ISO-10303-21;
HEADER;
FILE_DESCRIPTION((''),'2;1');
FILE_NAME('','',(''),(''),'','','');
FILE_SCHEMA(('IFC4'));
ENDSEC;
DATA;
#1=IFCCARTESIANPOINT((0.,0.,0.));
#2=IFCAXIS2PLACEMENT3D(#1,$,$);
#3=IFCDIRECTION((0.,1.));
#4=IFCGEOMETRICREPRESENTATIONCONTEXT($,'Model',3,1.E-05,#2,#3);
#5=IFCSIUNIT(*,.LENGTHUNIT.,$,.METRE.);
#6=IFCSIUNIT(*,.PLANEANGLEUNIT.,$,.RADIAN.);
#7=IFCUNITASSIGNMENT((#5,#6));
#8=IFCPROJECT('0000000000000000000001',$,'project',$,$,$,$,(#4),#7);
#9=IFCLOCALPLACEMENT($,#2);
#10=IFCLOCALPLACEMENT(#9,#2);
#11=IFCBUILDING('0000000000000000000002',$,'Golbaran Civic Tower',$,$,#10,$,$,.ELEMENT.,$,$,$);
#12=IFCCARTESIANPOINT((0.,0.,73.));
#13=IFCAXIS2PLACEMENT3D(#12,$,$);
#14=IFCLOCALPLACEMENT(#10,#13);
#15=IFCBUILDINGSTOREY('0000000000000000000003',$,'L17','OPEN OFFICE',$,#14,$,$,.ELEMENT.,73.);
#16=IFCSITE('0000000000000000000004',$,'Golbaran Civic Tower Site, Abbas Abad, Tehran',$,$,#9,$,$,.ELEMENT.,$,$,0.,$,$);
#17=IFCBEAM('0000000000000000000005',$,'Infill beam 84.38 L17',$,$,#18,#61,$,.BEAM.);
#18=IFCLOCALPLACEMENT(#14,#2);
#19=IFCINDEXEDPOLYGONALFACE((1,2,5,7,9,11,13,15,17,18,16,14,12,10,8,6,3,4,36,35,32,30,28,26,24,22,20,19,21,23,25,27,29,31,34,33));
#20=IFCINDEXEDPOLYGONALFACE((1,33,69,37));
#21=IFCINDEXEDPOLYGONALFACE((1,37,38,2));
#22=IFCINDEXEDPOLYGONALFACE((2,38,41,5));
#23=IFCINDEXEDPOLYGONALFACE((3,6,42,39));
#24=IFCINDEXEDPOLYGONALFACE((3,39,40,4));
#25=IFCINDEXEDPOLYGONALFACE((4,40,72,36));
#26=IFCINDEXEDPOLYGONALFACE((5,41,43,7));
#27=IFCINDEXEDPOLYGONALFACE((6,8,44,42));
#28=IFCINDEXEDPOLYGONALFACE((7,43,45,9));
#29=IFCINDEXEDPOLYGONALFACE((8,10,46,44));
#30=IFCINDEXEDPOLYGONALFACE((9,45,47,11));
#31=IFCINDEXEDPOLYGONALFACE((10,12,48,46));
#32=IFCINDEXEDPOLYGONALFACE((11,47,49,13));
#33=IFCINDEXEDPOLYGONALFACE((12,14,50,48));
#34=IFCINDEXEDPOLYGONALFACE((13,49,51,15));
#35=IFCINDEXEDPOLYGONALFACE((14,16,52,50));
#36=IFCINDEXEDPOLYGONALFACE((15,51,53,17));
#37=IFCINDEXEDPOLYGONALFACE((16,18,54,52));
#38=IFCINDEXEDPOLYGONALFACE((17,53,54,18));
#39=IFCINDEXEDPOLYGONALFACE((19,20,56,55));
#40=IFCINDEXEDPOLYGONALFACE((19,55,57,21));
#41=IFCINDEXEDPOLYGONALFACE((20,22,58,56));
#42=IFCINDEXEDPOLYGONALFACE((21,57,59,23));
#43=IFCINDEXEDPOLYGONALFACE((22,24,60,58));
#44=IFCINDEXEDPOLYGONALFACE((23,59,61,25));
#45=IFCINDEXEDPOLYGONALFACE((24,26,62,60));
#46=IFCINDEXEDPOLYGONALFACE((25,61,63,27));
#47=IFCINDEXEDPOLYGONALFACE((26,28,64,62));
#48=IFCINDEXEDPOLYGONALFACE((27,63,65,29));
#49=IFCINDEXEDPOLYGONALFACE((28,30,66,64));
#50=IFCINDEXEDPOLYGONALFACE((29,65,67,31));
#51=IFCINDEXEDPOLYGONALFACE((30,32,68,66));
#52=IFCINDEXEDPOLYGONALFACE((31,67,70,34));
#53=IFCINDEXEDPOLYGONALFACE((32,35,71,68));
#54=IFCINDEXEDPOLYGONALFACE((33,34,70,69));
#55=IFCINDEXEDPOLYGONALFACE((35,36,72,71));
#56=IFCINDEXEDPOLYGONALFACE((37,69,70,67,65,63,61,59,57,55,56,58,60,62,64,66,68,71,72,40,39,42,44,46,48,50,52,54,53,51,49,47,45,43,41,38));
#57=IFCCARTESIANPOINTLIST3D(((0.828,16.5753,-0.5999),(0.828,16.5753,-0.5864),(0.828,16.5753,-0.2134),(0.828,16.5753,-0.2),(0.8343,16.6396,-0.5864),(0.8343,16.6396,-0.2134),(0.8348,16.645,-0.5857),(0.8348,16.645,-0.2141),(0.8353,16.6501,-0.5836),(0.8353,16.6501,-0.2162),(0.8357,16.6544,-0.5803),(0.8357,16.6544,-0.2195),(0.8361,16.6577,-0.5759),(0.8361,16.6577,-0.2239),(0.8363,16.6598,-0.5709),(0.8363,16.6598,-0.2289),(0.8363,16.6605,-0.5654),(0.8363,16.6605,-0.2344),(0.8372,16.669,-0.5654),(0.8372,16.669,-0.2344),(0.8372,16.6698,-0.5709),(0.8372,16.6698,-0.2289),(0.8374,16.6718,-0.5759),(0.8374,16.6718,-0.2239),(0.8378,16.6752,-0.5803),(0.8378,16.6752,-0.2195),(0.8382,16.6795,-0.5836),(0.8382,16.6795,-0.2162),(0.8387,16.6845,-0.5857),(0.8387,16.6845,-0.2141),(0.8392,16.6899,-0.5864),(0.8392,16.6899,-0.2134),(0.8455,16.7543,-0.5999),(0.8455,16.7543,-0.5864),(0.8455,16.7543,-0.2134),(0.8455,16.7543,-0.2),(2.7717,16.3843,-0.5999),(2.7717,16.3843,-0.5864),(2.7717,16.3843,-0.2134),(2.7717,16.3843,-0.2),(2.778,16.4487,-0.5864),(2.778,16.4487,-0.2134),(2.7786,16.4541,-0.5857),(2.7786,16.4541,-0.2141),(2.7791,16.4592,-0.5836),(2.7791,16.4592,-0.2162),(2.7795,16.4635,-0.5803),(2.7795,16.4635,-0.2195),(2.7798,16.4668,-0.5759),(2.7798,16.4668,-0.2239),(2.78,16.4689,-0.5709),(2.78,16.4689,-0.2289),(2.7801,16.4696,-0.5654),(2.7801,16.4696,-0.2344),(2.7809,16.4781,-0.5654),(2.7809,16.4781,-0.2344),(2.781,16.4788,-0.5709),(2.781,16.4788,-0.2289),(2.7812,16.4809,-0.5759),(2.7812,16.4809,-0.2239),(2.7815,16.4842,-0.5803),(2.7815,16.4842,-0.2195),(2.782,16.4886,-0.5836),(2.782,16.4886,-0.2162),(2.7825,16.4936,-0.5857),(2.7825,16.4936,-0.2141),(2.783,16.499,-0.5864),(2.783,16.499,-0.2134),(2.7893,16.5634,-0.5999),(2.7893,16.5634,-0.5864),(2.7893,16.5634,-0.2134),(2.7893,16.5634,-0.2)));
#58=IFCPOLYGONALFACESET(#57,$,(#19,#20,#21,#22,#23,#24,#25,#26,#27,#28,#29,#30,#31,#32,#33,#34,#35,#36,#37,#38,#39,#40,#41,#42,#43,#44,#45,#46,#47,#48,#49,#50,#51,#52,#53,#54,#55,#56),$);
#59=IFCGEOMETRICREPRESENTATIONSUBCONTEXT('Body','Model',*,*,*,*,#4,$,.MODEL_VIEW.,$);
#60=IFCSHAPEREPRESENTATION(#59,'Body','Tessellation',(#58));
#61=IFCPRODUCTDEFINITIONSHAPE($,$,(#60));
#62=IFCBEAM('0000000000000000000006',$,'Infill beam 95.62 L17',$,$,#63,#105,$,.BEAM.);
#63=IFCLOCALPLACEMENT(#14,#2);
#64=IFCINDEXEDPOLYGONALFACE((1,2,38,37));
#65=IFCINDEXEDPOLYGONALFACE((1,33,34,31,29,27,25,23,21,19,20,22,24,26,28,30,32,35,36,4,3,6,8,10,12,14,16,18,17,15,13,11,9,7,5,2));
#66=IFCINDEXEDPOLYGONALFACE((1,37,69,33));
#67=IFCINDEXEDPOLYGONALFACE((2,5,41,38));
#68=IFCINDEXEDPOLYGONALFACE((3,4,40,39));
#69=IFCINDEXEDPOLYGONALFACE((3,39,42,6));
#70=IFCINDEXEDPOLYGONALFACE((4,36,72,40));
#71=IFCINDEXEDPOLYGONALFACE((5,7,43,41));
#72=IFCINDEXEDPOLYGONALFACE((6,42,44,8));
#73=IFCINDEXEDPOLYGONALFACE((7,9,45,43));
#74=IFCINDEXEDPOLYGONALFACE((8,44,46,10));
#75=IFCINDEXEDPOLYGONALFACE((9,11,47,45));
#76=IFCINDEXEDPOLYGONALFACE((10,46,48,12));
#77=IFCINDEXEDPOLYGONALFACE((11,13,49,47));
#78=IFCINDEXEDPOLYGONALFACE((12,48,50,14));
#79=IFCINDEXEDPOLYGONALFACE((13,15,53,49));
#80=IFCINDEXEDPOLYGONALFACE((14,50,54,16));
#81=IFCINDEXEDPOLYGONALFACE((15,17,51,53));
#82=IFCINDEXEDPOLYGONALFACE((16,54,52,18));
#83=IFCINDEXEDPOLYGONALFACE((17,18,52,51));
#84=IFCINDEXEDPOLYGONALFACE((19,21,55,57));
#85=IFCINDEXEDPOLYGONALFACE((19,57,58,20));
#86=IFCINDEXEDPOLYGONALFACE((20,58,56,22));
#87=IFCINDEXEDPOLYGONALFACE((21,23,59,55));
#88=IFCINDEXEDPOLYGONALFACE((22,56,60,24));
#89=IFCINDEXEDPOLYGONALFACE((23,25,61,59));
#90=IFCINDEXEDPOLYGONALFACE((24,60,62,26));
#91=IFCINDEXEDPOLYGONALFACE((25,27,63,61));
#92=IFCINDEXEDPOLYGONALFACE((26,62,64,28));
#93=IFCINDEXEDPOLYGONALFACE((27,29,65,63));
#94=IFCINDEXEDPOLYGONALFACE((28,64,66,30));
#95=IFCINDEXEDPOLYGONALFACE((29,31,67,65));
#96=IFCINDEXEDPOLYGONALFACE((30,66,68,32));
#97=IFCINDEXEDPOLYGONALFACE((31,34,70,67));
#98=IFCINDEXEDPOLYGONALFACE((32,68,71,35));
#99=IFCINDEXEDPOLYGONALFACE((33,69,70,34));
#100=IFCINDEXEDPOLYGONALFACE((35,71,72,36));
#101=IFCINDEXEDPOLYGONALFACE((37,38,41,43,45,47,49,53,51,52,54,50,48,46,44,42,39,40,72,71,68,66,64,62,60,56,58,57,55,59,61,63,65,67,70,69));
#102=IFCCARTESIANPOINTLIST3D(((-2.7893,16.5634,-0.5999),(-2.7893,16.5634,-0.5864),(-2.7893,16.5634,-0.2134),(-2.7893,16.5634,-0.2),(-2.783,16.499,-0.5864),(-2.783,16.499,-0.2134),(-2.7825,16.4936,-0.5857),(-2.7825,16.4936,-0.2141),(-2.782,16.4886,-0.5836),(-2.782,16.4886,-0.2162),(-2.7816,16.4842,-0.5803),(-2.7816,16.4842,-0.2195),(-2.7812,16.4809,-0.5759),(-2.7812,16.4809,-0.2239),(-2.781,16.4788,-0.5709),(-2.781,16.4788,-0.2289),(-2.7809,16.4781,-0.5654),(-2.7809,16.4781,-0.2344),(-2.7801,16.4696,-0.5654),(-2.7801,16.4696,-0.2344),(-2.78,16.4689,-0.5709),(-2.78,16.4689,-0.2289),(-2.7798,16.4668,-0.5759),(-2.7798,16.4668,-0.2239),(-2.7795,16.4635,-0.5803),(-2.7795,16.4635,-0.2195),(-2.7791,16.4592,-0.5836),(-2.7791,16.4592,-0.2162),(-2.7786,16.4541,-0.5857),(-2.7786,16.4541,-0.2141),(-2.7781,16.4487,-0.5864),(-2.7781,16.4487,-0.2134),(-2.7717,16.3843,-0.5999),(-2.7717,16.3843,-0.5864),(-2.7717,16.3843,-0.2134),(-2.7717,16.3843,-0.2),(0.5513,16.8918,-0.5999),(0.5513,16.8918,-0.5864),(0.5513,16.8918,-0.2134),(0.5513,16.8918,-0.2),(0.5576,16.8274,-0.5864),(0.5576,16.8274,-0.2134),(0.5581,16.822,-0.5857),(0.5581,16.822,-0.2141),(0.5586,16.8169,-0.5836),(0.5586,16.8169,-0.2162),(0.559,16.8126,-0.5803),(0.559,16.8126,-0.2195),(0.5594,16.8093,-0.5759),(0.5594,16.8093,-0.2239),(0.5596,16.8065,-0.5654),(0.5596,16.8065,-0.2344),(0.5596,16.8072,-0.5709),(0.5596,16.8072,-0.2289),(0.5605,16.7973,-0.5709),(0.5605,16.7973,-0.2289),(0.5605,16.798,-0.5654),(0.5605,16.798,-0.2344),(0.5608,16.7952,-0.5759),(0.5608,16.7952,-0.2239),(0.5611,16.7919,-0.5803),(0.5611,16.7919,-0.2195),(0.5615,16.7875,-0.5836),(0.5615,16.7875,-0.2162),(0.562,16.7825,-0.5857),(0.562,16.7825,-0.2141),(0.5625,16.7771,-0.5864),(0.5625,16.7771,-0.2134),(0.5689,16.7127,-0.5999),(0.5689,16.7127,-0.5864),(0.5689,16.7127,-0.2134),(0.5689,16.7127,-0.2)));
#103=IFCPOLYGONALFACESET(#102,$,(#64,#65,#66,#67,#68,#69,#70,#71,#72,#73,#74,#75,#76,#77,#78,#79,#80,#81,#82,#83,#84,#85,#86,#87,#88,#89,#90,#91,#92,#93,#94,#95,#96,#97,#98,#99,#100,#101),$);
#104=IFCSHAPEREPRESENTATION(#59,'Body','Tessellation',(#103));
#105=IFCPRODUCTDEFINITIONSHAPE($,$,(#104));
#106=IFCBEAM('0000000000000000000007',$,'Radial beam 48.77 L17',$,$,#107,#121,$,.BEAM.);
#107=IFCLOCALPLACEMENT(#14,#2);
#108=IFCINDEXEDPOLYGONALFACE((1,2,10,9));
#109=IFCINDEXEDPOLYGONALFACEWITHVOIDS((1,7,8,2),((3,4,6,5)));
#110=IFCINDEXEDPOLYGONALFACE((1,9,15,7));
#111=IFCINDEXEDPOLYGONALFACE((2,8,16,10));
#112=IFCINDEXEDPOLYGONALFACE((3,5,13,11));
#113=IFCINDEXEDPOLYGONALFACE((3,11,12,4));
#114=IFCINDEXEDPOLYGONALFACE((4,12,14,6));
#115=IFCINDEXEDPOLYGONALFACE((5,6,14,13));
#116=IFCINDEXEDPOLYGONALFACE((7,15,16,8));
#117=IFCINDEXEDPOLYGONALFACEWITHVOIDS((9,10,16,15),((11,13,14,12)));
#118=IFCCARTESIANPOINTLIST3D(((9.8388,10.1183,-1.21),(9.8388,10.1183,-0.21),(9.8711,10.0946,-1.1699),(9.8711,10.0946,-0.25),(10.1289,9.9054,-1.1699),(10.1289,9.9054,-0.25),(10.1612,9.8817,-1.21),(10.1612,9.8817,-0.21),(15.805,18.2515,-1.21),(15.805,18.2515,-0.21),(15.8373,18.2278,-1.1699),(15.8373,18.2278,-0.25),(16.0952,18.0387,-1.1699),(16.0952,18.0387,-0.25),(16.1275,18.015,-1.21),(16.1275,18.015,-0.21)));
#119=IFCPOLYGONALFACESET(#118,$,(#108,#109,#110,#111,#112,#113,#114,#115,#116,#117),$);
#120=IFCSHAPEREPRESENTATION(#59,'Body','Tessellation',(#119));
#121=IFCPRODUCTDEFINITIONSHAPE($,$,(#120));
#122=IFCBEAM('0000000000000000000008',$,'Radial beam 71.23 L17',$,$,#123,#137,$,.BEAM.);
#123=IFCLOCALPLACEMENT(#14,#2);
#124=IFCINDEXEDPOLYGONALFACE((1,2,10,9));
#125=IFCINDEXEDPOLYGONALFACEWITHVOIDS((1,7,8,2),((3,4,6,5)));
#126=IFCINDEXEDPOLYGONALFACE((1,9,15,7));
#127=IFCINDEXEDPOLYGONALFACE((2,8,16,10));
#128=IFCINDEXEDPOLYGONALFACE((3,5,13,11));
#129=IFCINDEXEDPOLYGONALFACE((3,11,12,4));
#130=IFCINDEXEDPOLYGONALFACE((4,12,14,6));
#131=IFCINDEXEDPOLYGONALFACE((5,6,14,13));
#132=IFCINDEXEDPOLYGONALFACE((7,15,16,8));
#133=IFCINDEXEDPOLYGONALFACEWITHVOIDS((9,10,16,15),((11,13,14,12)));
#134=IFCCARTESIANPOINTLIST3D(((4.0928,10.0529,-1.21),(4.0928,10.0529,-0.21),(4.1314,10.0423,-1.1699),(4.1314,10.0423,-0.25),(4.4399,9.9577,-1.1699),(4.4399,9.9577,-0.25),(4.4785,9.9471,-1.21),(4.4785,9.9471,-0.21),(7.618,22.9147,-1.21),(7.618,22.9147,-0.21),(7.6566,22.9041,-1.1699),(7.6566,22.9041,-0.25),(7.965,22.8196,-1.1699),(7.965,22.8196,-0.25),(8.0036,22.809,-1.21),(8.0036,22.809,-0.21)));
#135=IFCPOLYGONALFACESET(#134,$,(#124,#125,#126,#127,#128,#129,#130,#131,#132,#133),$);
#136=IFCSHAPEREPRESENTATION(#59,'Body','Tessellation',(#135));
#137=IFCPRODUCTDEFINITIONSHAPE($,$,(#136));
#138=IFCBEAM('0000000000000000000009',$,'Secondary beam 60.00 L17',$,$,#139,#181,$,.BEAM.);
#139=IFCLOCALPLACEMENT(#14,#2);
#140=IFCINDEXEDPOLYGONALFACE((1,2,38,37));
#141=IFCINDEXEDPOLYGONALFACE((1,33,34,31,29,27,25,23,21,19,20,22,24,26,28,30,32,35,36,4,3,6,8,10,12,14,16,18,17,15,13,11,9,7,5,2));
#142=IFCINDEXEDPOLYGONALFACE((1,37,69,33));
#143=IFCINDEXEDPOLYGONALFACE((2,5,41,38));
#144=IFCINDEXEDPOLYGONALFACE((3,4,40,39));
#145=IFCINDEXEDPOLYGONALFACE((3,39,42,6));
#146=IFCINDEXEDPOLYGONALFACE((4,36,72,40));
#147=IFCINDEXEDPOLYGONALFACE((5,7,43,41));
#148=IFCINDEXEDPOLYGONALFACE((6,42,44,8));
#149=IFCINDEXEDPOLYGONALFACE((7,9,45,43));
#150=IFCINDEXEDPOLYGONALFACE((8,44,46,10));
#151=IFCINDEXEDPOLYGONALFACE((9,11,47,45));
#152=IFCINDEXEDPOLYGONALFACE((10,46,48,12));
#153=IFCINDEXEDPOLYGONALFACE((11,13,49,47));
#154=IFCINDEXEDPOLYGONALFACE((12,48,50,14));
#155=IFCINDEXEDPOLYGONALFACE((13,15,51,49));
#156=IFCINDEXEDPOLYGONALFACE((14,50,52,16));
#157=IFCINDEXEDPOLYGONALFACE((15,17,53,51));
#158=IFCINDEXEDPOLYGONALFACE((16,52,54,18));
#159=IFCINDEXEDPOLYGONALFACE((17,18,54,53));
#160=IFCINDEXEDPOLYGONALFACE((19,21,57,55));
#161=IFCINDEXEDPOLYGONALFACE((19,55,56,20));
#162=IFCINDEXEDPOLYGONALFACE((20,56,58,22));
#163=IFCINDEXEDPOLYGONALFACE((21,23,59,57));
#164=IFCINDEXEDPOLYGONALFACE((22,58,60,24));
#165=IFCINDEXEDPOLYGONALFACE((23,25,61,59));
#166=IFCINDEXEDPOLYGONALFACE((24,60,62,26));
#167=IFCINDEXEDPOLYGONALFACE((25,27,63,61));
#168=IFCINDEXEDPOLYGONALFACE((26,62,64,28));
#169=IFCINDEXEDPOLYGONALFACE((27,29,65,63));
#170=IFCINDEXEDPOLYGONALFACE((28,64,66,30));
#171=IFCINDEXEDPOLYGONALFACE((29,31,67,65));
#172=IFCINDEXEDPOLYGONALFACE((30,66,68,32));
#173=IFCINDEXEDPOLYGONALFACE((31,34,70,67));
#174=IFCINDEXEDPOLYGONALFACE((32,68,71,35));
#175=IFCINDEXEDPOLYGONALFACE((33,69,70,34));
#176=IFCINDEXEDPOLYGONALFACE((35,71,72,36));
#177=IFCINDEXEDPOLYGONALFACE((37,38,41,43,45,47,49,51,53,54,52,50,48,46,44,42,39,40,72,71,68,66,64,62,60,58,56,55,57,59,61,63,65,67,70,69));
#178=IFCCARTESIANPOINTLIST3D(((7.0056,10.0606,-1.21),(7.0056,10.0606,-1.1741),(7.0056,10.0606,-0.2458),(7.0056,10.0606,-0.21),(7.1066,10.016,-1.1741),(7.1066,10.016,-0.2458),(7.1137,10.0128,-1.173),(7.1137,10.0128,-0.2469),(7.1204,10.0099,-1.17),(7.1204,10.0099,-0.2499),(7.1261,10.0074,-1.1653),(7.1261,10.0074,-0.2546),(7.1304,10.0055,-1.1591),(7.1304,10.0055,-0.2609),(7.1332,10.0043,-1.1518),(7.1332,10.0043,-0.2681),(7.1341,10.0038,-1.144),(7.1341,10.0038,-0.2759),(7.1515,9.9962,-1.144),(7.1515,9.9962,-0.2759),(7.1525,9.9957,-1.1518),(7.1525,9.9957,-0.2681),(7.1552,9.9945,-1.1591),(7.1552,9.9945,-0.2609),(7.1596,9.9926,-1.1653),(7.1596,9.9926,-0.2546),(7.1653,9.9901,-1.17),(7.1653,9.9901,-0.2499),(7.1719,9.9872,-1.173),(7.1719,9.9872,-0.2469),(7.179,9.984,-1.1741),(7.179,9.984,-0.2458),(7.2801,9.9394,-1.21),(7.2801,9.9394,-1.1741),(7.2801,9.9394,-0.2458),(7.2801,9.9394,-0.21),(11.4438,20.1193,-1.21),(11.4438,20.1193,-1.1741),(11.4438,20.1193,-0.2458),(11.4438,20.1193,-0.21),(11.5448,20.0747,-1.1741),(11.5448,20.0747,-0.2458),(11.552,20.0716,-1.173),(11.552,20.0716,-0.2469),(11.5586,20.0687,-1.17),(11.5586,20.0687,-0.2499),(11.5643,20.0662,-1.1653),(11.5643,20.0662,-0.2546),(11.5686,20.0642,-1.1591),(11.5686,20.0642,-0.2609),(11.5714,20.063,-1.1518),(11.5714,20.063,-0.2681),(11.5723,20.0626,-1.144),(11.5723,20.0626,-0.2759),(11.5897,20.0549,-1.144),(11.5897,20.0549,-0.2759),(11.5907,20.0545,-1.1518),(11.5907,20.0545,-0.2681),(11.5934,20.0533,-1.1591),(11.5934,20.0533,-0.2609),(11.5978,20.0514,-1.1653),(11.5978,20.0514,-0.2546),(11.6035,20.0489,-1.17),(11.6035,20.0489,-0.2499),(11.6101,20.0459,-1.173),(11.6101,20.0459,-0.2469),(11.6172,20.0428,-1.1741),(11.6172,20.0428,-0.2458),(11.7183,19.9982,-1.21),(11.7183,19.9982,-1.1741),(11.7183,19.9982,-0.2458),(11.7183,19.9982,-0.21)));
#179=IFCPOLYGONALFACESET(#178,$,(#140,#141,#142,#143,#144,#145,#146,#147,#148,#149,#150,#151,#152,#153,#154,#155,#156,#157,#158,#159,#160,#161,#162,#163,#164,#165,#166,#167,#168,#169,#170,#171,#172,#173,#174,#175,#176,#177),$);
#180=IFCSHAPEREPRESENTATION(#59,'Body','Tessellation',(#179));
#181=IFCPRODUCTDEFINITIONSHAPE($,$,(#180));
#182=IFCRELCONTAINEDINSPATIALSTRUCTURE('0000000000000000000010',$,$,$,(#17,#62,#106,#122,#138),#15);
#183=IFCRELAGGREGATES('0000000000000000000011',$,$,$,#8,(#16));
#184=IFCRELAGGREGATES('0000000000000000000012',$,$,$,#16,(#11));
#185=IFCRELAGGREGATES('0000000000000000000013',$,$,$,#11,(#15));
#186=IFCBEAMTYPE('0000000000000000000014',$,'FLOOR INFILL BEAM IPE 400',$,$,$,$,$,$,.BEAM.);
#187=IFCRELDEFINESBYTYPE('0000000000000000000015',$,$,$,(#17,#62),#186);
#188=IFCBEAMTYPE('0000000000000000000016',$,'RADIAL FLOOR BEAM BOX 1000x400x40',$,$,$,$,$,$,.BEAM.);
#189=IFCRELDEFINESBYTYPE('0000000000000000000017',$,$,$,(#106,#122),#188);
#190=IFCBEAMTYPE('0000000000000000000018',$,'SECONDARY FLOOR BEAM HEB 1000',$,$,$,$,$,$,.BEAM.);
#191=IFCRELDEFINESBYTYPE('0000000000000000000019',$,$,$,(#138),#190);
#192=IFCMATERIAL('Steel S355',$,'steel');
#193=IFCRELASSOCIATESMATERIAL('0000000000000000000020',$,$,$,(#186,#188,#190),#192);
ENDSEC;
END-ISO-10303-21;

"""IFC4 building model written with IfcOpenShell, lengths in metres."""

from ifc_helpers import new_model, si_unit, direction, frame, origin, origin_2d, place, context, subcontext, project, spatial, hollow_rectangle, i_section, extrude, material, material_profile, profile_set, type_object, element, save


model = new_model("IFC4")

# Units and contexts
model_context = context("Model", 3, precision=1e-05, world=origin(), true_north=direction((0.0, 1.0)))
body_context = subcontext(model_context, "Body", "Model", "MODEL_VIEW")
ifc_project = project(units=[si_unit("LENGTHUNIT", "METRE"), si_unit("PLANEANGLEUNIT", "RADIAN")], contexts=[model_context])

# Site, building, storey
site_placement = place(None, origin())
site = spatial("IfcSite", under=ifc_project, at=site_placement, Name="Golbaran Civic Tower Site, Abbas Abad, Tehran", CompositionType="ELEMENT", RefElevation=0.0)
building_placement = place(site_placement, origin())
building = spatial("IfcBuilding", under=site, at=building_placement, Name="Golbaran Civic Tower", CompositionType="ELEMENT")
storey_placement = place(building_placement, frame((0.0, 0.0, 73.0)))
storey = spatial("IfcBuildingStorey", under=building, at=storey_placement, Name="L17", Description="OPEN OFFICE", CompositionType="ELEMENT", Elevation=73.0)

# Beams
ifc_material_1 = material(Name="Steel S355", Category="steel")
ifc_material_profile_1 = material_profile(ifc_material_1, i_section(OverallWidth=0.1799, OverallDepth=0.3999, WebThickness=0.0085, FlangeThickness=0.0134, FilletRadius=0.021, at=origin_2d()), Name="IPE 400")
ifc_profile_set_1 = profile_set([ifc_material_profile_1], Name="Steel S355")
beam_type_1 = type_object("IfcBeamType", Name="FLOOR INFILL BEAM IPE 400", PredefinedType="BEAM", material=ifc_profile_set_1)
beam_1_placement = place(storey_placement, frame((2.7805, 16.4739, -0.3999), z_axis=(-0.995211, 0.097746, 0.0), x_axis=(-0.097746, -0.995211, 0.0)))
element("IfcBeam", 1, at=beam_1_placement, inside=storey, type_object=beam_type_1, Name="Infill beam 84.38 L17", PredefinedType="BEAM", context=body_context, shape_type="SweptSolid", body=[
    extrude(i_section(OverallWidth=0.1799, OverallDepth=0.3999, WebThickness=0.0085, FlangeThickness=0.0134, FilletRadius=0.021, at=origin_2d()), origin(), (0.0, 0.0, 1.0), 1.9531),
])
beam_2_placement = place(storey_placement, frame((0.5601, 16.8022, -0.3999), z_axis=(-0.995204, -0.097826, 0.0), x_axis=(0.097826, -0.995204, 0.0)))
element("IfcBeam", 2, at=beam_2_placement, inside=storey, type_object=beam_type_1, Name="Infill beam 95.62 L17", PredefinedType="BEAM", context=body_context, shape_type="SweptSolid", body=[
    extrude(i_section(OverallWidth=0.1799, OverallDepth=0.3999, WebThickness=0.0085, FlangeThickness=0.0134, FilletRadius=0.021, at=origin_2d()), origin(), (0.0, 0.0, 1.0), 3.3567),
])
ifc_material_profile_2 = material_profile(ifc_material_1, hollow_rectangle(XDim=0.3999, YDim=1.0, WallThickness=0.04, at=origin_2d()), Name="BOX 1000x400x40")
ifc_profile_set_2 = profile_set([ifc_material_profile_2], Name="Steel S355")
beam_type_2 = type_object("IfcBeamType", Name="RADIAL FLOOR BEAM BOX 1000x400x40", PredefinedType="BEAM", material=ifc_profile_set_2)
beam_3_placement = place(storey_placement, frame((10.0, 10.0, -0.71), z_axis=(0.591485, 0.806316, 0.0), x_axis=(-0.806316, 0.591485, 0.0)))
element("IfcBeam", 3, at=beam_3_placement, inside=storey, type_object=beam_type_2, Name="Radial beam 48.77 L17", PredefinedType="BEAM", context=body_context, shape_type="SweptSolid", body=[
    extrude(hollow_rectangle(XDim=0.3999, YDim=1.0, WallThickness=0.04, at=origin_2d()), origin(), (0.0, 0.0, 1.0), 10.0869),
])
beam_4_placement = place(storey_placement, frame((4.2856, 10.0, -0.71), z_axis=(0.26433, 0.964432, 0.0), x_axis=(-0.964432, 0.26433, 0.0)))
element("IfcBeam", 4, at=beam_4_placement, inside=storey, type_object=beam_type_2, Name="Radial beam 71.23 L17", PredefinedType="BEAM", context=body_context, shape_type="SweptSolid", body=[
    extrude(hollow_rectangle(XDim=0.3999, YDim=1.0, WallThickness=0.04, at=origin_2d()), origin(), (0.0, 0.0, 1.0), 13.3362),
])
ifc_material_profile_3 = material_profile(ifc_material_1, i_section(OverallWidth=0.3, OverallDepth=1.0, WebThickness=0.019, FlangeThickness=0.0359, FilletRadius=0.03, at=origin_2d()), Name="HEB 1000")
ifc_profile_set_3 = profile_set([ifc_material_profile_3], Name="Steel S355")
beam_type_3 = type_object("IfcBeamType", Name="SECONDARY FLOOR BEAM HEB 1000", PredefinedType="BEAM", material=ifc_profile_set_3)
beam_5_placement = place(storey_placement, frame((7.1428, 10.0, -0.71), z_axis=(0.403679, 0.914901, 0.0), x_axis=(-0.914901, 0.403679, 0.0)))
element("IfcBeam", 5, at=beam_5_placement, inside=storey, type_object=beam_type_3, Name="Secondary beam 60.00 L17", PredefinedType="BEAM", context=body_context, shape_type="SweptSolid", body=[
    extrude(i_section(OverallWidth=0.3, OverallDepth=1.0, WebThickness=0.019, FlangeThickness=0.0359, FilletRadius=0.03, at=origin_2d()), origin(), (0.0, 0.0, 1.0), 10.9944),
])

save(model, "model.ifc")
